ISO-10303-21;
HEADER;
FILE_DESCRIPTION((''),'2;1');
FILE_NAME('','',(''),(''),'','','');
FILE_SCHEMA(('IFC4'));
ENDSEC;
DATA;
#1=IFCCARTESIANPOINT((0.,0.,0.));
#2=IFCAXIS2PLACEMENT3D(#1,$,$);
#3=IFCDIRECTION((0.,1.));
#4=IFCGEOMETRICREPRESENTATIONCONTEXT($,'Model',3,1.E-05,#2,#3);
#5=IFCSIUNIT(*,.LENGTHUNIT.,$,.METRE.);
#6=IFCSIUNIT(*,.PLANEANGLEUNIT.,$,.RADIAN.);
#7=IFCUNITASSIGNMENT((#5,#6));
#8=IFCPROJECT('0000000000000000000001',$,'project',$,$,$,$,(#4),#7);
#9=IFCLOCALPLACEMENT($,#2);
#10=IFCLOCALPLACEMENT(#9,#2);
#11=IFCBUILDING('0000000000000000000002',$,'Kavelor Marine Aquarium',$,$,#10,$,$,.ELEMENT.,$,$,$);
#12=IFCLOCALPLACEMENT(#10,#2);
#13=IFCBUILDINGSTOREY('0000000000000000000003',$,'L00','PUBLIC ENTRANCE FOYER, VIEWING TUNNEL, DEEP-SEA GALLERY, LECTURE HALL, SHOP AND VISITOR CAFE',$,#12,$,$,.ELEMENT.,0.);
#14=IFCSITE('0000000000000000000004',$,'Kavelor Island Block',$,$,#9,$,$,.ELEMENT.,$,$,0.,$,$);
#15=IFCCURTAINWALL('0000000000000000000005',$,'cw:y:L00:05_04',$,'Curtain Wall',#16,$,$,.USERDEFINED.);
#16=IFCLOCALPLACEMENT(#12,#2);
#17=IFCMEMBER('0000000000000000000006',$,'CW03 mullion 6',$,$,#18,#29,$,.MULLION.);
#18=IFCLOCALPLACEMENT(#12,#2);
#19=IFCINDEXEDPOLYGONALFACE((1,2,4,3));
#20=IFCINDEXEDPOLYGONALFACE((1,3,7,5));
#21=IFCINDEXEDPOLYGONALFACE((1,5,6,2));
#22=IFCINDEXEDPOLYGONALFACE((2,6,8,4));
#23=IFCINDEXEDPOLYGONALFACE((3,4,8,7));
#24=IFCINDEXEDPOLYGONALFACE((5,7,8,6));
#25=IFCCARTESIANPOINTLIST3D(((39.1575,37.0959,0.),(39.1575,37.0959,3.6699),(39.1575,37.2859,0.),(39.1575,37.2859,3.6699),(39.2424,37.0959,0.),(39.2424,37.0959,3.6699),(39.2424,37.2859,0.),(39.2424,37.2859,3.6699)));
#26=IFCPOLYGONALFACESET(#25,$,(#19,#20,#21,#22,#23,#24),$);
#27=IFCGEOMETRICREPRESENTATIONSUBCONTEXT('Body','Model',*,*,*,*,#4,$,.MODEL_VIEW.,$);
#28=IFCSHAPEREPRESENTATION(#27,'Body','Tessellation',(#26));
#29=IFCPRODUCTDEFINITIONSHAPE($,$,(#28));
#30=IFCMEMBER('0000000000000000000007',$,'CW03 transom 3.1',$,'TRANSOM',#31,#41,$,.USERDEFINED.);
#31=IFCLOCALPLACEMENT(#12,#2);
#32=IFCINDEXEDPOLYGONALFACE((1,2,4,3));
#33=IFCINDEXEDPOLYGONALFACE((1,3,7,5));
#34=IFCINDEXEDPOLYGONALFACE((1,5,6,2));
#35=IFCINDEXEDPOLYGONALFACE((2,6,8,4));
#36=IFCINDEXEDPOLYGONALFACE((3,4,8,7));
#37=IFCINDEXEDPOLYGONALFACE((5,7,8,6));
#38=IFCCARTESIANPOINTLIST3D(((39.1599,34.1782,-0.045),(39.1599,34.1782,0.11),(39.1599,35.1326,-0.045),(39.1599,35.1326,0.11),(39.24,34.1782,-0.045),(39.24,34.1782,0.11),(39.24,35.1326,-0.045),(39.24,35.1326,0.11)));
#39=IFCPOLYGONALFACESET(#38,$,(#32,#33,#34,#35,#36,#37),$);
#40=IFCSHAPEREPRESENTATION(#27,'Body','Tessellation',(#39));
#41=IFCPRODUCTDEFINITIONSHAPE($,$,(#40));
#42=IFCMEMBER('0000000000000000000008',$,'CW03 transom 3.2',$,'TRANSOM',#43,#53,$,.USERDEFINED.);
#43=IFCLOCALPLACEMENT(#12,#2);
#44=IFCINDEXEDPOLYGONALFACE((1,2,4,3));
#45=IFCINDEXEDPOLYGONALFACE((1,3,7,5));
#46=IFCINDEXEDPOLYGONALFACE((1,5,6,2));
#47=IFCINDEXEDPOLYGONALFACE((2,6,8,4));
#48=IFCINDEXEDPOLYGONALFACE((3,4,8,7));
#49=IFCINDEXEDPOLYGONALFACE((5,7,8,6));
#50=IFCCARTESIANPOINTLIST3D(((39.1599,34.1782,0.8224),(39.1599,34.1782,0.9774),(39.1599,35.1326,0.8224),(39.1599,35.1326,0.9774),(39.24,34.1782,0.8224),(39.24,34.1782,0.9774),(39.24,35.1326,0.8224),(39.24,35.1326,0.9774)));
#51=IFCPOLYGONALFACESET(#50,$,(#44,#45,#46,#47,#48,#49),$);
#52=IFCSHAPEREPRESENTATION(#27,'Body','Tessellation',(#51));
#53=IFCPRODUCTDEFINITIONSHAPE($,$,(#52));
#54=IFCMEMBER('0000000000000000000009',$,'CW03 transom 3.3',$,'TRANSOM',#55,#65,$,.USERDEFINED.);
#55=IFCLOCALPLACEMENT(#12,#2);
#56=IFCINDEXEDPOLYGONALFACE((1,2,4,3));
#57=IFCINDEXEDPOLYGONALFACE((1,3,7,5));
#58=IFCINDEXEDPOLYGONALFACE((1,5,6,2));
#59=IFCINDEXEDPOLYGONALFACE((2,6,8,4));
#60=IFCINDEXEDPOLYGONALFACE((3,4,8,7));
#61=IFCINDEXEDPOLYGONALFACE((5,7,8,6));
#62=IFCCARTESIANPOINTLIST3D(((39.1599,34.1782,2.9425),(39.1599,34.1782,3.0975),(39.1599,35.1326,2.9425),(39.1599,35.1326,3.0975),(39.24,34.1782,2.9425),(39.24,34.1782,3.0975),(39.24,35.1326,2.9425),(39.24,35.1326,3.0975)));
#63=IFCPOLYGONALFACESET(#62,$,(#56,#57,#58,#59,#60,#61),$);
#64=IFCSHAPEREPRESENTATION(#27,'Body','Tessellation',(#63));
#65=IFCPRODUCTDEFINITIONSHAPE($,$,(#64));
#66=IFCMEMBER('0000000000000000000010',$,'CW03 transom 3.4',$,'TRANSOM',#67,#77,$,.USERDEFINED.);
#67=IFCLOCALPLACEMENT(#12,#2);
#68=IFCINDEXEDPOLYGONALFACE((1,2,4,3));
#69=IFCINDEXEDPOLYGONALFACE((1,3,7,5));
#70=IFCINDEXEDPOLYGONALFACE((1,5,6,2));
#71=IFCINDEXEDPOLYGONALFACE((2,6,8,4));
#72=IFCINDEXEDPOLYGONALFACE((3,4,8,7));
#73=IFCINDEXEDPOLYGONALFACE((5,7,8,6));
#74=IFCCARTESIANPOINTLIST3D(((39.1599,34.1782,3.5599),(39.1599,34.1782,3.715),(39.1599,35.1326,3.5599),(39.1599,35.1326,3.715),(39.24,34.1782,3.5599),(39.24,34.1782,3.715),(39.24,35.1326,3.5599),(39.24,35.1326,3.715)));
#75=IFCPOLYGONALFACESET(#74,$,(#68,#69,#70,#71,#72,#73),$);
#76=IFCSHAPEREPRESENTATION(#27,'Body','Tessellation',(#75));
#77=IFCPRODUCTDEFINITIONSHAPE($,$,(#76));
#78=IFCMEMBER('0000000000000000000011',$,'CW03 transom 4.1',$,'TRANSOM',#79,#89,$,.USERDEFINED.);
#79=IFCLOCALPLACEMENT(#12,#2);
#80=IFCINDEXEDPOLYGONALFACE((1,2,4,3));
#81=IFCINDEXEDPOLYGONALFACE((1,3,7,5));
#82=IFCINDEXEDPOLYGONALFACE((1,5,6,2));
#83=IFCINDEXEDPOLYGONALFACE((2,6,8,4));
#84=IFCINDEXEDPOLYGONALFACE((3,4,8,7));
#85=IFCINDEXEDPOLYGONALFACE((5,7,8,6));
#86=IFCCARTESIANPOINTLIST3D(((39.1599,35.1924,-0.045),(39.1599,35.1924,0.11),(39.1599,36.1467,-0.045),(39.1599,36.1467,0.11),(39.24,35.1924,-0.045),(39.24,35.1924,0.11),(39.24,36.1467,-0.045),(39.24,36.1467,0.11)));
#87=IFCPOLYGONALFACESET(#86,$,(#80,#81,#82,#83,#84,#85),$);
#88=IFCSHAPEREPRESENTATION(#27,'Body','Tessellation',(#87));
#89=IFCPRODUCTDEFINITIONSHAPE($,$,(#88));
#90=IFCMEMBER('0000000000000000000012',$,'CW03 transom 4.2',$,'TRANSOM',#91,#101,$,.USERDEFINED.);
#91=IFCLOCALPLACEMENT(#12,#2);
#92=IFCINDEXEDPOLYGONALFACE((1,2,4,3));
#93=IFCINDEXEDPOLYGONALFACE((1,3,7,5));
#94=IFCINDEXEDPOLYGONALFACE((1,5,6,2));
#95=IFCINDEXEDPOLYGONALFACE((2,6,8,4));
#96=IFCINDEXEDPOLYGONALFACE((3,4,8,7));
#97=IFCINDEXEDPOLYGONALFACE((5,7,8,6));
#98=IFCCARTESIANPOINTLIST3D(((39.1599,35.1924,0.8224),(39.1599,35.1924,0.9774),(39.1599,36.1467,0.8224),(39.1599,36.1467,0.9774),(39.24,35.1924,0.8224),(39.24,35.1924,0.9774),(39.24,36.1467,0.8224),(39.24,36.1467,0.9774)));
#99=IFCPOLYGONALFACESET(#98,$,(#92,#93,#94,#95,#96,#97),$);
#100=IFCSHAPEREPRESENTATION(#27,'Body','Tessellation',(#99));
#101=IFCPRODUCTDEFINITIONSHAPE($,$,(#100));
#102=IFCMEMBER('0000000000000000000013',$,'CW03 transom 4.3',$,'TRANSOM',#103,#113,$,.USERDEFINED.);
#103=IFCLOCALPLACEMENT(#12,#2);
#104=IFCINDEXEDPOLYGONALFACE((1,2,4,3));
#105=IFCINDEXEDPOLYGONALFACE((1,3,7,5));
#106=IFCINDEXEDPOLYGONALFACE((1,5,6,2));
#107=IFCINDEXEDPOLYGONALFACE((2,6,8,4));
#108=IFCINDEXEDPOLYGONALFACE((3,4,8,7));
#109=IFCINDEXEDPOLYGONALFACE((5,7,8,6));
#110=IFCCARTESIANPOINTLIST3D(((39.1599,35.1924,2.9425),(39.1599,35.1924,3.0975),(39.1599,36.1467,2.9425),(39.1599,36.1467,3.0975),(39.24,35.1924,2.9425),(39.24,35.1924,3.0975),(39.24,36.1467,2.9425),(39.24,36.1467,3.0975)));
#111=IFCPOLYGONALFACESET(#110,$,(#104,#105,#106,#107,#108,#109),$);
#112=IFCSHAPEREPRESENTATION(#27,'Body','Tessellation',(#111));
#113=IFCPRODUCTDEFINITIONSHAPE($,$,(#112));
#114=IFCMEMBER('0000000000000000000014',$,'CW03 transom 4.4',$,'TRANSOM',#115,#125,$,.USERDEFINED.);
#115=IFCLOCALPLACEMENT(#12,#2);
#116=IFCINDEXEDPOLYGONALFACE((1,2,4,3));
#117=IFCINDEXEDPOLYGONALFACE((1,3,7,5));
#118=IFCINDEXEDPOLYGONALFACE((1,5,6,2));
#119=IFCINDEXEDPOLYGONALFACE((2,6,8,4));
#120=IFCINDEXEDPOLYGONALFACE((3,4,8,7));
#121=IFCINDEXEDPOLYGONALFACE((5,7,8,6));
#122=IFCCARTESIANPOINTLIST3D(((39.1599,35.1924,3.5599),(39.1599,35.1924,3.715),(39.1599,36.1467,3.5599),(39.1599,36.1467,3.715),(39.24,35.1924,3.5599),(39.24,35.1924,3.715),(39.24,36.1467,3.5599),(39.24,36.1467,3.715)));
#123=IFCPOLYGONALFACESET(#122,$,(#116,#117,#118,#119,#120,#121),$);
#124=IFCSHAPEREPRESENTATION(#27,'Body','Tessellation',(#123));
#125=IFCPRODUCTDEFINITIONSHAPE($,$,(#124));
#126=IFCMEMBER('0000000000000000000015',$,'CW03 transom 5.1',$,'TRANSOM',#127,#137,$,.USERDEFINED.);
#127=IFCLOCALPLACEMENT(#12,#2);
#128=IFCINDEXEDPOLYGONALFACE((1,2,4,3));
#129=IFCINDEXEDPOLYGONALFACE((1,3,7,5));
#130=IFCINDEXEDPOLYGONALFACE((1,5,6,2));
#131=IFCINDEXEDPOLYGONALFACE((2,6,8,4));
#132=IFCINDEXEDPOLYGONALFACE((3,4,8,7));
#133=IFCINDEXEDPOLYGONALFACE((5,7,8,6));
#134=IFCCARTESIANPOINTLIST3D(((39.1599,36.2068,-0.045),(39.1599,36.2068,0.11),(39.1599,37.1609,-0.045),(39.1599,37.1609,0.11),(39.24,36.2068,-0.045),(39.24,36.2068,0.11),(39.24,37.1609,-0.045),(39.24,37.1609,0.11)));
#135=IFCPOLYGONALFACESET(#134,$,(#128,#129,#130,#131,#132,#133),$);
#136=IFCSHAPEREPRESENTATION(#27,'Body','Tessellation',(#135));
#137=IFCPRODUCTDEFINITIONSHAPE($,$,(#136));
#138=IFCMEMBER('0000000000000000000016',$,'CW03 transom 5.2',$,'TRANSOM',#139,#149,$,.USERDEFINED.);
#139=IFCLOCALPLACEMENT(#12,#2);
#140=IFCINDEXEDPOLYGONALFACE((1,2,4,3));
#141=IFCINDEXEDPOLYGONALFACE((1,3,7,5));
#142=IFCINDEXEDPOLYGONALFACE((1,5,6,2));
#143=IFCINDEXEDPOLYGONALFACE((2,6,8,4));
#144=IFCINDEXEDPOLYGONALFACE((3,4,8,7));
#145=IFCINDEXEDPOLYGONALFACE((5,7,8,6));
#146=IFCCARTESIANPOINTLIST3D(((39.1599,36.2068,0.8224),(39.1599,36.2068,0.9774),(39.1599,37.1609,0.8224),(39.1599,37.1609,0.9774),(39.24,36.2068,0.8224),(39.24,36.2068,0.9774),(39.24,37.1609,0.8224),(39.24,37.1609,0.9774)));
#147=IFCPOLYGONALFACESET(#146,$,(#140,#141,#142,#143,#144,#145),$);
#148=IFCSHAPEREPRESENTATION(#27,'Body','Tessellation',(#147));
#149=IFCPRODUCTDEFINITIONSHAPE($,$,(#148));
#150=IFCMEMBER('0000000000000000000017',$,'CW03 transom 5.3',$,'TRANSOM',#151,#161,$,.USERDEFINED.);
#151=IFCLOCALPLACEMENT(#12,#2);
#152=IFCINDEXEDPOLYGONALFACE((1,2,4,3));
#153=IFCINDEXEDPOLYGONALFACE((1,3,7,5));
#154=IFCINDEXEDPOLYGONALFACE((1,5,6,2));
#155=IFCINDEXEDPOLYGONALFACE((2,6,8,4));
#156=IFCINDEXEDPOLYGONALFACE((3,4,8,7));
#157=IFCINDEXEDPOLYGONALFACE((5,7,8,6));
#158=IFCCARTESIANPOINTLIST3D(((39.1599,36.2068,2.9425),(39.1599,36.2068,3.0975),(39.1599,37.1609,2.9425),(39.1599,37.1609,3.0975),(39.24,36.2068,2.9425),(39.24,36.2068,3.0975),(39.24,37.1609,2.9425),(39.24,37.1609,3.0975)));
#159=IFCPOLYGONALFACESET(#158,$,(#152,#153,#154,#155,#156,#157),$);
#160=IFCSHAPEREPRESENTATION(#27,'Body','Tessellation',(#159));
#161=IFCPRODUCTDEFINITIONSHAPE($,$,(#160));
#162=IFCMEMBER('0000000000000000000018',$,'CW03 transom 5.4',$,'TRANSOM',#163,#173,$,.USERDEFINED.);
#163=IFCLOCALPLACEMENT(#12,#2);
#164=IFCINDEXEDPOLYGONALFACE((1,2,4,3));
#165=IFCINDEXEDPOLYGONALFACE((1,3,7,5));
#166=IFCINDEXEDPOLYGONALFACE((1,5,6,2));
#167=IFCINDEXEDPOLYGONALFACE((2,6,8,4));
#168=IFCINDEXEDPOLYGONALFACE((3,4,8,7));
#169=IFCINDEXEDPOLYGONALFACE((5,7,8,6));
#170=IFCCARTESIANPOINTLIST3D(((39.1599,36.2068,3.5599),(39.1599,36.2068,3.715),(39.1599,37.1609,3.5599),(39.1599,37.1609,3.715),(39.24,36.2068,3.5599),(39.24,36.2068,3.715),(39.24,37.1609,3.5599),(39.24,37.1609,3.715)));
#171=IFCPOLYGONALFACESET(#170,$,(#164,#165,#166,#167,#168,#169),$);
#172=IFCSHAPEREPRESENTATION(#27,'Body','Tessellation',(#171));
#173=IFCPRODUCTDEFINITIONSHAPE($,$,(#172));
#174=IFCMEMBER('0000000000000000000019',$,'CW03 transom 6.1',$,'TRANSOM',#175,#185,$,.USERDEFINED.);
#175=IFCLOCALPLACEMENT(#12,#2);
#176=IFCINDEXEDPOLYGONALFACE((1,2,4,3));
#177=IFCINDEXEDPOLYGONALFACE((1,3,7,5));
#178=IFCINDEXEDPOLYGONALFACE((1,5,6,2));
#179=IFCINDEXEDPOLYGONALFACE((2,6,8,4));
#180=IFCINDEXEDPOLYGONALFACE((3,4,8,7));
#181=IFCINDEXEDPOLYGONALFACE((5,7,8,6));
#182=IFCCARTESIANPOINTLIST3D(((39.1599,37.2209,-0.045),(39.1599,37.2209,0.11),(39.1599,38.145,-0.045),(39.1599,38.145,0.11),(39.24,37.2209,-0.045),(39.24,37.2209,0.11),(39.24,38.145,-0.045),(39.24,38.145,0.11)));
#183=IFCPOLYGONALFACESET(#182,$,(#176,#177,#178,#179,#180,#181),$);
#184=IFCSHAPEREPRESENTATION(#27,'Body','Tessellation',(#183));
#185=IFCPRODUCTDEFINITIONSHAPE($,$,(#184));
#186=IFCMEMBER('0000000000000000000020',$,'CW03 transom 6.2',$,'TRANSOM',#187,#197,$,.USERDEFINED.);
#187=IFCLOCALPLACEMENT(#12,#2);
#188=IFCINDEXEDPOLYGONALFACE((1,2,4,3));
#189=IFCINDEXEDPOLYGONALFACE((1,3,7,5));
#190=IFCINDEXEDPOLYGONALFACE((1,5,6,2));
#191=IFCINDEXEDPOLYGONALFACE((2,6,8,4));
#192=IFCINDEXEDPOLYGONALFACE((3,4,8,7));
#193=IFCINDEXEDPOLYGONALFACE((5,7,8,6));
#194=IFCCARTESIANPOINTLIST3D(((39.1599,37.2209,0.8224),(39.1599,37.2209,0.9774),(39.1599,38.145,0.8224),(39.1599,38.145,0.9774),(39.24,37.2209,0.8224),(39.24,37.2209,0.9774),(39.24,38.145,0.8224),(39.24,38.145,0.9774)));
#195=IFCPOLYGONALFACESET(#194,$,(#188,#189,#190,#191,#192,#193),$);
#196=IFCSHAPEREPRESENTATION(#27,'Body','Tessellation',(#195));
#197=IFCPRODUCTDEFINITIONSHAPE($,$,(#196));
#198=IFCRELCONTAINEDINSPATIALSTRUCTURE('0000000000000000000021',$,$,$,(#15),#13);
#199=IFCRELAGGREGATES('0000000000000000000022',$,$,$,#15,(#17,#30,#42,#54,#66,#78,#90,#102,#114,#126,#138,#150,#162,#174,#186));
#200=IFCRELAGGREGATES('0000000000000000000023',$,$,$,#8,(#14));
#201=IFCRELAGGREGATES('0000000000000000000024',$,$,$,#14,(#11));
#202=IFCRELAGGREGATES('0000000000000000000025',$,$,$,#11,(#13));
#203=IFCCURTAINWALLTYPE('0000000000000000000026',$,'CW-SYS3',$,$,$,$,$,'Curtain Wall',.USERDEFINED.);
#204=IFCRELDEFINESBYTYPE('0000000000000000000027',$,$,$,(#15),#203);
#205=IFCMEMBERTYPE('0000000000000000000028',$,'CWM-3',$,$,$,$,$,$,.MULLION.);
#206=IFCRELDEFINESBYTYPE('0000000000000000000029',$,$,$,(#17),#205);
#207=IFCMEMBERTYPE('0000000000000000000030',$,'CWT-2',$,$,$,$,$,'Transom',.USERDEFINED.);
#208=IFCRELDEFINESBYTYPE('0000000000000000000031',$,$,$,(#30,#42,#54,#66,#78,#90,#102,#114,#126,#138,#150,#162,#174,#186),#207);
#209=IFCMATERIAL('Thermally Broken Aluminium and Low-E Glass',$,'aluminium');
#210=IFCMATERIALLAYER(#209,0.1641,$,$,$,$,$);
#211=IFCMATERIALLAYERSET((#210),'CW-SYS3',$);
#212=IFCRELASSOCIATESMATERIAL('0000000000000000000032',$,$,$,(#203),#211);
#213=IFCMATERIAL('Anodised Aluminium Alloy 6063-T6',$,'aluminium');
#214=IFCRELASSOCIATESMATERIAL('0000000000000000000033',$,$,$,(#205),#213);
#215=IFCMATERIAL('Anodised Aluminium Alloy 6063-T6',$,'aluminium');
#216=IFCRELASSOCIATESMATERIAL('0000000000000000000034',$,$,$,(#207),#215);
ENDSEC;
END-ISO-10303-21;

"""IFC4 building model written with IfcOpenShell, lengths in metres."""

from ifc_helpers import new_model, si_unit, direction, frame, origin, origin_2d, place, context, subcontext, project, spatial, rectangle, extrude, material, layer, layer_set, material_profile, profile_set, type_object, element, aggregate, save


model = new_model("IFC4")

# Units and contexts
model_context = context("Model", 3, precision=1e-05, world=origin(), true_north=direction((0.0, 1.0)))
body_context = subcontext(model_context, "Body", "Model", "MODEL_VIEW")
ifc_project = project(units=[si_unit("LENGTHUNIT", "METRE"), si_unit("PLANEANGLEUNIT", "RADIAN")], contexts=[model_context])

# Site, building, storey
site_placement = place(None, origin())
site = spatial("IfcSite", under=ifc_project, at=site_placement, Name="Kavelor Island Block", CompositionType="ELEMENT", RefElevation=0.0)
building_placement = place(site_placement, origin())
building = spatial("IfcBuilding", under=site, at=building_placement, Name="Kavelor Marine Aquarium", CompositionType="ELEMENT")
storey_placement = place(building_placement, origin())
storey = spatial("IfcBuildingStorey", under=building, at=storey_placement, Name="L00", Description="PUBLIC ENTRANCE FOYER, VIEWING TUNNEL, DEEP-SEA GALLERY, LECTURE HALL, SHOP AND VISITOR CAFE", CompositionType="ELEMENT", Elevation=0.0)

# Curtain wall, members
ifc_material_1 = material(Name="Thermally Broken Aluminium and Low-E Glass", Category="aluminium")
ifc_layer_1 = layer(ifc_material_1, 0.1641)
ifc_layer_set_1 = layer_set([ifc_layer_1], Name="CW-SYS3")
curtain_wall_type = type_object("IfcCurtainWallType", Name="CW-SYS3", ElementType="Curtain Wall", PredefinedType="USERDEFINED", material=ifc_layer_set_1)
curtain_wall_placement = place(storey_placement, origin())
curtain_wall = element("IfcCurtainWall", 1, at=curtain_wall_placement, inside=storey, type_object=curtain_wall_type, Name="cw:y:L00:05_04", ObjectType="Curtain Wall", PredefinedType="USERDEFINED")
ifc_material_2 = material(Name="Anodised Aluminium Alloy 6063-T6", Category="aluminium")
ifc_material_profile_1 = material_profile(ifc_material_2, rectangle(XDim=0.085, YDim=0.1899, at=origin_2d()), Name="CW-MUL 85x190")
ifc_profile_set_1 = profile_set([ifc_material_profile_1], Name="Anodised Aluminium Alloy 6063-T6")
member_type_1 = type_object("IfcMemberType", Name="CWM-3", PredefinedType="MULLION", material=ifc_profile_set_1)
member_1_placement = place(storey_placement, frame((39.2, 37.1909, 0.0), z_axis=(0.0, 0.0, 1.0), x_axis=(-1.0, 0.0, 0.0)))
member_1 = element("IfcMember", 2, at=member_1_placement, type_object=member_type_1, Name="CW03 mullion 6", PredefinedType="MULLION", context=body_context, shape_type="SweptSolid", body=[
    extrude(rectangle(XDim=0.085, YDim=0.1899, at=origin_2d()), origin(), (0.0, 0.0, 1.0), 3.6699),
])
ifc_material_3 = material(Name="Anodised Aluminium Alloy 6063-T6", Category="aluminium")
ifc_material_profile_2 = material_profile(ifc_material_3, rectangle(XDim=0.0801, YDim=0.155, at=origin_2d()), Name="CW-TRN 80x155")
ifc_profile_set_2 = profile_set([ifc_material_profile_2], Name="Anodised Aluminium Alloy 6063-T6")
member_type_2 = type_object("IfcMemberType", Name="CWT-2", ElementType="Transom", PredefinedType="USERDEFINED", material=ifc_profile_set_2)
member_2_placement = place(storey_placement, frame((39.2, 34.1782, 0.0325), z_axis=(0.0, 1.0, 0.0), x_axis=(-1.0, 0.0, 0.0)))
member_2 = element("IfcMember", 3, at=member_2_placement, type_object=member_type_2, Name="CW03 transom 3.1", ObjectType="TRANSOM", PredefinedType="USERDEFINED", context=body_context, shape_type="SweptSolid", body=[
    extrude(rectangle(XDim=0.0801, YDim=0.155, at=origin_2d()), origin(), (0.0, 0.0, 1.0), 0.9543),
])
member_3_placement = place(storey_placement, frame((39.2, 34.1782, 0.8999), z_axis=(0.0, 1.0, 0.0), x_axis=(-1.0, 0.0, 0.0)))
member_3 = element("IfcMember", 4, at=member_3_placement, type_object=member_type_2, Name="CW03 transom 3.2", ObjectType="TRANSOM", PredefinedType="USERDEFINED", context=body_context, shape_type="SweptSolid", body=[
    extrude(rectangle(XDim=0.0801, YDim=0.155, at=origin_2d()), origin(), (0.0, 0.0, 1.0), 0.9543),
])
member_4_placement = place(storey_placement, frame((39.2, 34.1782, 3.02), z_axis=(0.0, 1.0, 0.0), x_axis=(-1.0, 0.0, 0.0)))
member_4 = element("IfcMember", 5, at=member_4_placement, type_object=member_type_2, Name="CW03 transom 3.3", ObjectType="TRANSOM", PredefinedType="USERDEFINED", context=body_context, shape_type="SweptSolid", body=[
    extrude(rectangle(XDim=0.0801, YDim=0.155, at=origin_2d()), origin(), (0.0, 0.0, 1.0), 0.9543),
])
member_5_placement = place(storey_placement, frame((39.2, 34.1782, 3.6375), z_axis=(0.0, 1.0, 0.0), x_axis=(-1.0, 0.0, 0.0)))
member_5 = element("IfcMember", 6, at=member_5_placement, type_object=member_type_2, Name="CW03 transom 3.4", ObjectType="TRANSOM", PredefinedType="USERDEFINED", context=body_context, shape_type="SweptSolid", body=[
    extrude(rectangle(XDim=0.0801, YDim=0.155, at=origin_2d()), origin(), (0.0, 0.0, 1.0), 0.9543),
])
member_6_placement = place(storey_placement, frame((39.2, 35.1924, 0.0325), z_axis=(0.0, 1.0, 0.0), x_axis=(-1.0, 0.0, 0.0)))
member_6 = element("IfcMember", 7, at=member_6_placement, type_object=member_type_2, Name="CW03 transom 4.1", ObjectType="TRANSOM", PredefinedType="USERDEFINED", context=body_context, shape_type="SweptSolid", body=[
    extrude(rectangle(XDim=0.0801, YDim=0.155, at=origin_2d()), origin(), (0.0, 0.0, 1.0), 0.9543),
])
member_7_placement = place(storey_placement, frame((39.2, 35.1924, 0.8999), z_axis=(0.0, 1.0, 0.0), x_axis=(-1.0, 0.0, 0.0)))
member_7 = element("IfcMember", 8, at=member_7_placement, type_object=member_type_2, Name="CW03 transom 4.2", ObjectType="TRANSOM", PredefinedType="USERDEFINED", context=body_context, shape_type="SweptSolid", body=[
    extrude(rectangle(XDim=0.0801, YDim=0.155, at=origin_2d()), origin(), (0.0, 0.0, 1.0), 0.9543),
])
member_8_placement = place(storey_placement, frame((39.2, 35.1924, 3.02), z_axis=(0.0, 1.0, 0.0), x_axis=(-1.0, 0.0, 0.0)))
member_8 = element("IfcMember", 9, at=member_8_placement, type_object=member_type_2, Name="CW03 transom 4.3", ObjectType="TRANSOM", PredefinedType="USERDEFINED", context=body_context, shape_type="SweptSolid", body=[
    extrude(rectangle(XDim=0.0801, YDim=0.155, at=origin_2d()), origin(), (0.0, 0.0, 1.0), 0.9543),
])
member_9_placement = place(storey_placement, frame((39.2, 35.1924, 3.6375), z_axis=(0.0, 1.0, 0.0), x_axis=(-1.0, 0.0, 0.0)))
member_9 = element("IfcMember", 10, at=member_9_placement, type_object=member_type_2, Name="CW03 transom 4.4", ObjectType="TRANSOM", PredefinedType="USERDEFINED", context=body_context, shape_type="SweptSolid", body=[
    extrude(rectangle(XDim=0.0801, YDim=0.155, at=origin_2d()), origin(), (0.0, 0.0, 1.0), 0.9543),
])
member_10_placement = place(storey_placement, frame((39.2, 36.2068, 0.0325), z_axis=(0.0, 1.0, 0.0), x_axis=(-1.0, 0.0, 0.0)))
member_10 = element("IfcMember", 11, at=member_10_placement, type_object=member_type_2, Name="CW03 transom 5.1", ObjectType="TRANSOM", PredefinedType="USERDEFINED", context=body_context, shape_type="SweptSolid", body=[
    extrude(rectangle(XDim=0.0801, YDim=0.155, at=origin_2d()), origin(), (0.0, 0.0, 1.0), 0.9541),
])
member_11_placement = place(storey_placement, frame((39.2, 36.2068, 0.8999), z_axis=(0.0, 1.0, 0.0), x_axis=(-1.0, 0.0, 0.0)))
member_11 = element("IfcMember", 12, at=member_11_placement, type_object=member_type_2, Name="CW03 transom 5.2", ObjectType="TRANSOM", PredefinedType="USERDEFINED", context=body_context, shape_type="SweptSolid", body=[
    extrude(rectangle(XDim=0.0801, YDim=0.155, at=origin_2d()), origin(), (0.0, 0.0, 1.0), 0.9541),
])
member_12_placement = place(storey_placement, frame((39.2, 36.2068, 3.02), z_axis=(0.0, 1.0, 0.0), x_axis=(-1.0, 0.0, 0.0)))
member_12 = element("IfcMember", 13, at=member_12_placement, type_object=member_type_2, Name="CW03 transom 5.3", ObjectType="TRANSOM", PredefinedType="USERDEFINED", context=body_context, shape_type="SweptSolid", body=[
    extrude(rectangle(XDim=0.0801, YDim=0.155, at=origin_2d()), origin(), (0.0, 0.0, 1.0), 0.9541),
])
member_13_placement = place(storey_placement, frame((39.2, 36.2068, 3.6375), z_axis=(0.0, 1.0, 0.0), x_axis=(-1.0, 0.0, 0.0)))
member_13 = element("IfcMember", 14, at=member_13_placement, type_object=member_type_2, Name="CW03 transom 5.4", ObjectType="TRANSOM", PredefinedType="USERDEFINED", context=body_context, shape_type="SweptSolid", body=[
    extrude(rectangle(XDim=0.0801, YDim=0.155, at=origin_2d()), origin(), (0.0, 0.0, 1.0), 0.9541),
])
member_14_placement = place(storey_placement, frame((39.2, 37.2209, 0.0325), z_axis=(0.0, 1.0, 0.0), x_axis=(-1.0, 0.0, 0.0)))
member_14 = element("IfcMember", 15, at=member_14_placement, type_object=member_type_2, Name="CW03 transom 6.1", ObjectType="TRANSOM", PredefinedType="USERDEFINED", context=body_context, shape_type="SweptSolid", body=[
    extrude(rectangle(XDim=0.0801, YDim=0.155, at=origin_2d()), origin(), (0.0, 0.0, 1.0), 0.9241),
])
member_15_placement = place(storey_placement, frame((39.2, 37.2209, 0.8999), z_axis=(0.0, 1.0, 0.0), x_axis=(-1.0, 0.0, 0.0)))
member_15 = element("IfcMember", 16, at=member_15_placement, type_object=member_type_2, Name="CW03 transom 6.2", ObjectType="TRANSOM", PredefinedType="USERDEFINED", context=body_context, shape_type="SweptSolid", body=[
    extrude(rectangle(XDim=0.0801, YDim=0.155, at=origin_2d()), origin(), (0.0, 0.0, 1.0), 0.9241),
])
aggregate(curtain_wall, [member_1, member_2, member_3, member_4, member_5, member_6, member_7, member_8, member_9, member_10, member_11, member_12, member_13, member_14, member_15])

save(model, "model.ifc")
